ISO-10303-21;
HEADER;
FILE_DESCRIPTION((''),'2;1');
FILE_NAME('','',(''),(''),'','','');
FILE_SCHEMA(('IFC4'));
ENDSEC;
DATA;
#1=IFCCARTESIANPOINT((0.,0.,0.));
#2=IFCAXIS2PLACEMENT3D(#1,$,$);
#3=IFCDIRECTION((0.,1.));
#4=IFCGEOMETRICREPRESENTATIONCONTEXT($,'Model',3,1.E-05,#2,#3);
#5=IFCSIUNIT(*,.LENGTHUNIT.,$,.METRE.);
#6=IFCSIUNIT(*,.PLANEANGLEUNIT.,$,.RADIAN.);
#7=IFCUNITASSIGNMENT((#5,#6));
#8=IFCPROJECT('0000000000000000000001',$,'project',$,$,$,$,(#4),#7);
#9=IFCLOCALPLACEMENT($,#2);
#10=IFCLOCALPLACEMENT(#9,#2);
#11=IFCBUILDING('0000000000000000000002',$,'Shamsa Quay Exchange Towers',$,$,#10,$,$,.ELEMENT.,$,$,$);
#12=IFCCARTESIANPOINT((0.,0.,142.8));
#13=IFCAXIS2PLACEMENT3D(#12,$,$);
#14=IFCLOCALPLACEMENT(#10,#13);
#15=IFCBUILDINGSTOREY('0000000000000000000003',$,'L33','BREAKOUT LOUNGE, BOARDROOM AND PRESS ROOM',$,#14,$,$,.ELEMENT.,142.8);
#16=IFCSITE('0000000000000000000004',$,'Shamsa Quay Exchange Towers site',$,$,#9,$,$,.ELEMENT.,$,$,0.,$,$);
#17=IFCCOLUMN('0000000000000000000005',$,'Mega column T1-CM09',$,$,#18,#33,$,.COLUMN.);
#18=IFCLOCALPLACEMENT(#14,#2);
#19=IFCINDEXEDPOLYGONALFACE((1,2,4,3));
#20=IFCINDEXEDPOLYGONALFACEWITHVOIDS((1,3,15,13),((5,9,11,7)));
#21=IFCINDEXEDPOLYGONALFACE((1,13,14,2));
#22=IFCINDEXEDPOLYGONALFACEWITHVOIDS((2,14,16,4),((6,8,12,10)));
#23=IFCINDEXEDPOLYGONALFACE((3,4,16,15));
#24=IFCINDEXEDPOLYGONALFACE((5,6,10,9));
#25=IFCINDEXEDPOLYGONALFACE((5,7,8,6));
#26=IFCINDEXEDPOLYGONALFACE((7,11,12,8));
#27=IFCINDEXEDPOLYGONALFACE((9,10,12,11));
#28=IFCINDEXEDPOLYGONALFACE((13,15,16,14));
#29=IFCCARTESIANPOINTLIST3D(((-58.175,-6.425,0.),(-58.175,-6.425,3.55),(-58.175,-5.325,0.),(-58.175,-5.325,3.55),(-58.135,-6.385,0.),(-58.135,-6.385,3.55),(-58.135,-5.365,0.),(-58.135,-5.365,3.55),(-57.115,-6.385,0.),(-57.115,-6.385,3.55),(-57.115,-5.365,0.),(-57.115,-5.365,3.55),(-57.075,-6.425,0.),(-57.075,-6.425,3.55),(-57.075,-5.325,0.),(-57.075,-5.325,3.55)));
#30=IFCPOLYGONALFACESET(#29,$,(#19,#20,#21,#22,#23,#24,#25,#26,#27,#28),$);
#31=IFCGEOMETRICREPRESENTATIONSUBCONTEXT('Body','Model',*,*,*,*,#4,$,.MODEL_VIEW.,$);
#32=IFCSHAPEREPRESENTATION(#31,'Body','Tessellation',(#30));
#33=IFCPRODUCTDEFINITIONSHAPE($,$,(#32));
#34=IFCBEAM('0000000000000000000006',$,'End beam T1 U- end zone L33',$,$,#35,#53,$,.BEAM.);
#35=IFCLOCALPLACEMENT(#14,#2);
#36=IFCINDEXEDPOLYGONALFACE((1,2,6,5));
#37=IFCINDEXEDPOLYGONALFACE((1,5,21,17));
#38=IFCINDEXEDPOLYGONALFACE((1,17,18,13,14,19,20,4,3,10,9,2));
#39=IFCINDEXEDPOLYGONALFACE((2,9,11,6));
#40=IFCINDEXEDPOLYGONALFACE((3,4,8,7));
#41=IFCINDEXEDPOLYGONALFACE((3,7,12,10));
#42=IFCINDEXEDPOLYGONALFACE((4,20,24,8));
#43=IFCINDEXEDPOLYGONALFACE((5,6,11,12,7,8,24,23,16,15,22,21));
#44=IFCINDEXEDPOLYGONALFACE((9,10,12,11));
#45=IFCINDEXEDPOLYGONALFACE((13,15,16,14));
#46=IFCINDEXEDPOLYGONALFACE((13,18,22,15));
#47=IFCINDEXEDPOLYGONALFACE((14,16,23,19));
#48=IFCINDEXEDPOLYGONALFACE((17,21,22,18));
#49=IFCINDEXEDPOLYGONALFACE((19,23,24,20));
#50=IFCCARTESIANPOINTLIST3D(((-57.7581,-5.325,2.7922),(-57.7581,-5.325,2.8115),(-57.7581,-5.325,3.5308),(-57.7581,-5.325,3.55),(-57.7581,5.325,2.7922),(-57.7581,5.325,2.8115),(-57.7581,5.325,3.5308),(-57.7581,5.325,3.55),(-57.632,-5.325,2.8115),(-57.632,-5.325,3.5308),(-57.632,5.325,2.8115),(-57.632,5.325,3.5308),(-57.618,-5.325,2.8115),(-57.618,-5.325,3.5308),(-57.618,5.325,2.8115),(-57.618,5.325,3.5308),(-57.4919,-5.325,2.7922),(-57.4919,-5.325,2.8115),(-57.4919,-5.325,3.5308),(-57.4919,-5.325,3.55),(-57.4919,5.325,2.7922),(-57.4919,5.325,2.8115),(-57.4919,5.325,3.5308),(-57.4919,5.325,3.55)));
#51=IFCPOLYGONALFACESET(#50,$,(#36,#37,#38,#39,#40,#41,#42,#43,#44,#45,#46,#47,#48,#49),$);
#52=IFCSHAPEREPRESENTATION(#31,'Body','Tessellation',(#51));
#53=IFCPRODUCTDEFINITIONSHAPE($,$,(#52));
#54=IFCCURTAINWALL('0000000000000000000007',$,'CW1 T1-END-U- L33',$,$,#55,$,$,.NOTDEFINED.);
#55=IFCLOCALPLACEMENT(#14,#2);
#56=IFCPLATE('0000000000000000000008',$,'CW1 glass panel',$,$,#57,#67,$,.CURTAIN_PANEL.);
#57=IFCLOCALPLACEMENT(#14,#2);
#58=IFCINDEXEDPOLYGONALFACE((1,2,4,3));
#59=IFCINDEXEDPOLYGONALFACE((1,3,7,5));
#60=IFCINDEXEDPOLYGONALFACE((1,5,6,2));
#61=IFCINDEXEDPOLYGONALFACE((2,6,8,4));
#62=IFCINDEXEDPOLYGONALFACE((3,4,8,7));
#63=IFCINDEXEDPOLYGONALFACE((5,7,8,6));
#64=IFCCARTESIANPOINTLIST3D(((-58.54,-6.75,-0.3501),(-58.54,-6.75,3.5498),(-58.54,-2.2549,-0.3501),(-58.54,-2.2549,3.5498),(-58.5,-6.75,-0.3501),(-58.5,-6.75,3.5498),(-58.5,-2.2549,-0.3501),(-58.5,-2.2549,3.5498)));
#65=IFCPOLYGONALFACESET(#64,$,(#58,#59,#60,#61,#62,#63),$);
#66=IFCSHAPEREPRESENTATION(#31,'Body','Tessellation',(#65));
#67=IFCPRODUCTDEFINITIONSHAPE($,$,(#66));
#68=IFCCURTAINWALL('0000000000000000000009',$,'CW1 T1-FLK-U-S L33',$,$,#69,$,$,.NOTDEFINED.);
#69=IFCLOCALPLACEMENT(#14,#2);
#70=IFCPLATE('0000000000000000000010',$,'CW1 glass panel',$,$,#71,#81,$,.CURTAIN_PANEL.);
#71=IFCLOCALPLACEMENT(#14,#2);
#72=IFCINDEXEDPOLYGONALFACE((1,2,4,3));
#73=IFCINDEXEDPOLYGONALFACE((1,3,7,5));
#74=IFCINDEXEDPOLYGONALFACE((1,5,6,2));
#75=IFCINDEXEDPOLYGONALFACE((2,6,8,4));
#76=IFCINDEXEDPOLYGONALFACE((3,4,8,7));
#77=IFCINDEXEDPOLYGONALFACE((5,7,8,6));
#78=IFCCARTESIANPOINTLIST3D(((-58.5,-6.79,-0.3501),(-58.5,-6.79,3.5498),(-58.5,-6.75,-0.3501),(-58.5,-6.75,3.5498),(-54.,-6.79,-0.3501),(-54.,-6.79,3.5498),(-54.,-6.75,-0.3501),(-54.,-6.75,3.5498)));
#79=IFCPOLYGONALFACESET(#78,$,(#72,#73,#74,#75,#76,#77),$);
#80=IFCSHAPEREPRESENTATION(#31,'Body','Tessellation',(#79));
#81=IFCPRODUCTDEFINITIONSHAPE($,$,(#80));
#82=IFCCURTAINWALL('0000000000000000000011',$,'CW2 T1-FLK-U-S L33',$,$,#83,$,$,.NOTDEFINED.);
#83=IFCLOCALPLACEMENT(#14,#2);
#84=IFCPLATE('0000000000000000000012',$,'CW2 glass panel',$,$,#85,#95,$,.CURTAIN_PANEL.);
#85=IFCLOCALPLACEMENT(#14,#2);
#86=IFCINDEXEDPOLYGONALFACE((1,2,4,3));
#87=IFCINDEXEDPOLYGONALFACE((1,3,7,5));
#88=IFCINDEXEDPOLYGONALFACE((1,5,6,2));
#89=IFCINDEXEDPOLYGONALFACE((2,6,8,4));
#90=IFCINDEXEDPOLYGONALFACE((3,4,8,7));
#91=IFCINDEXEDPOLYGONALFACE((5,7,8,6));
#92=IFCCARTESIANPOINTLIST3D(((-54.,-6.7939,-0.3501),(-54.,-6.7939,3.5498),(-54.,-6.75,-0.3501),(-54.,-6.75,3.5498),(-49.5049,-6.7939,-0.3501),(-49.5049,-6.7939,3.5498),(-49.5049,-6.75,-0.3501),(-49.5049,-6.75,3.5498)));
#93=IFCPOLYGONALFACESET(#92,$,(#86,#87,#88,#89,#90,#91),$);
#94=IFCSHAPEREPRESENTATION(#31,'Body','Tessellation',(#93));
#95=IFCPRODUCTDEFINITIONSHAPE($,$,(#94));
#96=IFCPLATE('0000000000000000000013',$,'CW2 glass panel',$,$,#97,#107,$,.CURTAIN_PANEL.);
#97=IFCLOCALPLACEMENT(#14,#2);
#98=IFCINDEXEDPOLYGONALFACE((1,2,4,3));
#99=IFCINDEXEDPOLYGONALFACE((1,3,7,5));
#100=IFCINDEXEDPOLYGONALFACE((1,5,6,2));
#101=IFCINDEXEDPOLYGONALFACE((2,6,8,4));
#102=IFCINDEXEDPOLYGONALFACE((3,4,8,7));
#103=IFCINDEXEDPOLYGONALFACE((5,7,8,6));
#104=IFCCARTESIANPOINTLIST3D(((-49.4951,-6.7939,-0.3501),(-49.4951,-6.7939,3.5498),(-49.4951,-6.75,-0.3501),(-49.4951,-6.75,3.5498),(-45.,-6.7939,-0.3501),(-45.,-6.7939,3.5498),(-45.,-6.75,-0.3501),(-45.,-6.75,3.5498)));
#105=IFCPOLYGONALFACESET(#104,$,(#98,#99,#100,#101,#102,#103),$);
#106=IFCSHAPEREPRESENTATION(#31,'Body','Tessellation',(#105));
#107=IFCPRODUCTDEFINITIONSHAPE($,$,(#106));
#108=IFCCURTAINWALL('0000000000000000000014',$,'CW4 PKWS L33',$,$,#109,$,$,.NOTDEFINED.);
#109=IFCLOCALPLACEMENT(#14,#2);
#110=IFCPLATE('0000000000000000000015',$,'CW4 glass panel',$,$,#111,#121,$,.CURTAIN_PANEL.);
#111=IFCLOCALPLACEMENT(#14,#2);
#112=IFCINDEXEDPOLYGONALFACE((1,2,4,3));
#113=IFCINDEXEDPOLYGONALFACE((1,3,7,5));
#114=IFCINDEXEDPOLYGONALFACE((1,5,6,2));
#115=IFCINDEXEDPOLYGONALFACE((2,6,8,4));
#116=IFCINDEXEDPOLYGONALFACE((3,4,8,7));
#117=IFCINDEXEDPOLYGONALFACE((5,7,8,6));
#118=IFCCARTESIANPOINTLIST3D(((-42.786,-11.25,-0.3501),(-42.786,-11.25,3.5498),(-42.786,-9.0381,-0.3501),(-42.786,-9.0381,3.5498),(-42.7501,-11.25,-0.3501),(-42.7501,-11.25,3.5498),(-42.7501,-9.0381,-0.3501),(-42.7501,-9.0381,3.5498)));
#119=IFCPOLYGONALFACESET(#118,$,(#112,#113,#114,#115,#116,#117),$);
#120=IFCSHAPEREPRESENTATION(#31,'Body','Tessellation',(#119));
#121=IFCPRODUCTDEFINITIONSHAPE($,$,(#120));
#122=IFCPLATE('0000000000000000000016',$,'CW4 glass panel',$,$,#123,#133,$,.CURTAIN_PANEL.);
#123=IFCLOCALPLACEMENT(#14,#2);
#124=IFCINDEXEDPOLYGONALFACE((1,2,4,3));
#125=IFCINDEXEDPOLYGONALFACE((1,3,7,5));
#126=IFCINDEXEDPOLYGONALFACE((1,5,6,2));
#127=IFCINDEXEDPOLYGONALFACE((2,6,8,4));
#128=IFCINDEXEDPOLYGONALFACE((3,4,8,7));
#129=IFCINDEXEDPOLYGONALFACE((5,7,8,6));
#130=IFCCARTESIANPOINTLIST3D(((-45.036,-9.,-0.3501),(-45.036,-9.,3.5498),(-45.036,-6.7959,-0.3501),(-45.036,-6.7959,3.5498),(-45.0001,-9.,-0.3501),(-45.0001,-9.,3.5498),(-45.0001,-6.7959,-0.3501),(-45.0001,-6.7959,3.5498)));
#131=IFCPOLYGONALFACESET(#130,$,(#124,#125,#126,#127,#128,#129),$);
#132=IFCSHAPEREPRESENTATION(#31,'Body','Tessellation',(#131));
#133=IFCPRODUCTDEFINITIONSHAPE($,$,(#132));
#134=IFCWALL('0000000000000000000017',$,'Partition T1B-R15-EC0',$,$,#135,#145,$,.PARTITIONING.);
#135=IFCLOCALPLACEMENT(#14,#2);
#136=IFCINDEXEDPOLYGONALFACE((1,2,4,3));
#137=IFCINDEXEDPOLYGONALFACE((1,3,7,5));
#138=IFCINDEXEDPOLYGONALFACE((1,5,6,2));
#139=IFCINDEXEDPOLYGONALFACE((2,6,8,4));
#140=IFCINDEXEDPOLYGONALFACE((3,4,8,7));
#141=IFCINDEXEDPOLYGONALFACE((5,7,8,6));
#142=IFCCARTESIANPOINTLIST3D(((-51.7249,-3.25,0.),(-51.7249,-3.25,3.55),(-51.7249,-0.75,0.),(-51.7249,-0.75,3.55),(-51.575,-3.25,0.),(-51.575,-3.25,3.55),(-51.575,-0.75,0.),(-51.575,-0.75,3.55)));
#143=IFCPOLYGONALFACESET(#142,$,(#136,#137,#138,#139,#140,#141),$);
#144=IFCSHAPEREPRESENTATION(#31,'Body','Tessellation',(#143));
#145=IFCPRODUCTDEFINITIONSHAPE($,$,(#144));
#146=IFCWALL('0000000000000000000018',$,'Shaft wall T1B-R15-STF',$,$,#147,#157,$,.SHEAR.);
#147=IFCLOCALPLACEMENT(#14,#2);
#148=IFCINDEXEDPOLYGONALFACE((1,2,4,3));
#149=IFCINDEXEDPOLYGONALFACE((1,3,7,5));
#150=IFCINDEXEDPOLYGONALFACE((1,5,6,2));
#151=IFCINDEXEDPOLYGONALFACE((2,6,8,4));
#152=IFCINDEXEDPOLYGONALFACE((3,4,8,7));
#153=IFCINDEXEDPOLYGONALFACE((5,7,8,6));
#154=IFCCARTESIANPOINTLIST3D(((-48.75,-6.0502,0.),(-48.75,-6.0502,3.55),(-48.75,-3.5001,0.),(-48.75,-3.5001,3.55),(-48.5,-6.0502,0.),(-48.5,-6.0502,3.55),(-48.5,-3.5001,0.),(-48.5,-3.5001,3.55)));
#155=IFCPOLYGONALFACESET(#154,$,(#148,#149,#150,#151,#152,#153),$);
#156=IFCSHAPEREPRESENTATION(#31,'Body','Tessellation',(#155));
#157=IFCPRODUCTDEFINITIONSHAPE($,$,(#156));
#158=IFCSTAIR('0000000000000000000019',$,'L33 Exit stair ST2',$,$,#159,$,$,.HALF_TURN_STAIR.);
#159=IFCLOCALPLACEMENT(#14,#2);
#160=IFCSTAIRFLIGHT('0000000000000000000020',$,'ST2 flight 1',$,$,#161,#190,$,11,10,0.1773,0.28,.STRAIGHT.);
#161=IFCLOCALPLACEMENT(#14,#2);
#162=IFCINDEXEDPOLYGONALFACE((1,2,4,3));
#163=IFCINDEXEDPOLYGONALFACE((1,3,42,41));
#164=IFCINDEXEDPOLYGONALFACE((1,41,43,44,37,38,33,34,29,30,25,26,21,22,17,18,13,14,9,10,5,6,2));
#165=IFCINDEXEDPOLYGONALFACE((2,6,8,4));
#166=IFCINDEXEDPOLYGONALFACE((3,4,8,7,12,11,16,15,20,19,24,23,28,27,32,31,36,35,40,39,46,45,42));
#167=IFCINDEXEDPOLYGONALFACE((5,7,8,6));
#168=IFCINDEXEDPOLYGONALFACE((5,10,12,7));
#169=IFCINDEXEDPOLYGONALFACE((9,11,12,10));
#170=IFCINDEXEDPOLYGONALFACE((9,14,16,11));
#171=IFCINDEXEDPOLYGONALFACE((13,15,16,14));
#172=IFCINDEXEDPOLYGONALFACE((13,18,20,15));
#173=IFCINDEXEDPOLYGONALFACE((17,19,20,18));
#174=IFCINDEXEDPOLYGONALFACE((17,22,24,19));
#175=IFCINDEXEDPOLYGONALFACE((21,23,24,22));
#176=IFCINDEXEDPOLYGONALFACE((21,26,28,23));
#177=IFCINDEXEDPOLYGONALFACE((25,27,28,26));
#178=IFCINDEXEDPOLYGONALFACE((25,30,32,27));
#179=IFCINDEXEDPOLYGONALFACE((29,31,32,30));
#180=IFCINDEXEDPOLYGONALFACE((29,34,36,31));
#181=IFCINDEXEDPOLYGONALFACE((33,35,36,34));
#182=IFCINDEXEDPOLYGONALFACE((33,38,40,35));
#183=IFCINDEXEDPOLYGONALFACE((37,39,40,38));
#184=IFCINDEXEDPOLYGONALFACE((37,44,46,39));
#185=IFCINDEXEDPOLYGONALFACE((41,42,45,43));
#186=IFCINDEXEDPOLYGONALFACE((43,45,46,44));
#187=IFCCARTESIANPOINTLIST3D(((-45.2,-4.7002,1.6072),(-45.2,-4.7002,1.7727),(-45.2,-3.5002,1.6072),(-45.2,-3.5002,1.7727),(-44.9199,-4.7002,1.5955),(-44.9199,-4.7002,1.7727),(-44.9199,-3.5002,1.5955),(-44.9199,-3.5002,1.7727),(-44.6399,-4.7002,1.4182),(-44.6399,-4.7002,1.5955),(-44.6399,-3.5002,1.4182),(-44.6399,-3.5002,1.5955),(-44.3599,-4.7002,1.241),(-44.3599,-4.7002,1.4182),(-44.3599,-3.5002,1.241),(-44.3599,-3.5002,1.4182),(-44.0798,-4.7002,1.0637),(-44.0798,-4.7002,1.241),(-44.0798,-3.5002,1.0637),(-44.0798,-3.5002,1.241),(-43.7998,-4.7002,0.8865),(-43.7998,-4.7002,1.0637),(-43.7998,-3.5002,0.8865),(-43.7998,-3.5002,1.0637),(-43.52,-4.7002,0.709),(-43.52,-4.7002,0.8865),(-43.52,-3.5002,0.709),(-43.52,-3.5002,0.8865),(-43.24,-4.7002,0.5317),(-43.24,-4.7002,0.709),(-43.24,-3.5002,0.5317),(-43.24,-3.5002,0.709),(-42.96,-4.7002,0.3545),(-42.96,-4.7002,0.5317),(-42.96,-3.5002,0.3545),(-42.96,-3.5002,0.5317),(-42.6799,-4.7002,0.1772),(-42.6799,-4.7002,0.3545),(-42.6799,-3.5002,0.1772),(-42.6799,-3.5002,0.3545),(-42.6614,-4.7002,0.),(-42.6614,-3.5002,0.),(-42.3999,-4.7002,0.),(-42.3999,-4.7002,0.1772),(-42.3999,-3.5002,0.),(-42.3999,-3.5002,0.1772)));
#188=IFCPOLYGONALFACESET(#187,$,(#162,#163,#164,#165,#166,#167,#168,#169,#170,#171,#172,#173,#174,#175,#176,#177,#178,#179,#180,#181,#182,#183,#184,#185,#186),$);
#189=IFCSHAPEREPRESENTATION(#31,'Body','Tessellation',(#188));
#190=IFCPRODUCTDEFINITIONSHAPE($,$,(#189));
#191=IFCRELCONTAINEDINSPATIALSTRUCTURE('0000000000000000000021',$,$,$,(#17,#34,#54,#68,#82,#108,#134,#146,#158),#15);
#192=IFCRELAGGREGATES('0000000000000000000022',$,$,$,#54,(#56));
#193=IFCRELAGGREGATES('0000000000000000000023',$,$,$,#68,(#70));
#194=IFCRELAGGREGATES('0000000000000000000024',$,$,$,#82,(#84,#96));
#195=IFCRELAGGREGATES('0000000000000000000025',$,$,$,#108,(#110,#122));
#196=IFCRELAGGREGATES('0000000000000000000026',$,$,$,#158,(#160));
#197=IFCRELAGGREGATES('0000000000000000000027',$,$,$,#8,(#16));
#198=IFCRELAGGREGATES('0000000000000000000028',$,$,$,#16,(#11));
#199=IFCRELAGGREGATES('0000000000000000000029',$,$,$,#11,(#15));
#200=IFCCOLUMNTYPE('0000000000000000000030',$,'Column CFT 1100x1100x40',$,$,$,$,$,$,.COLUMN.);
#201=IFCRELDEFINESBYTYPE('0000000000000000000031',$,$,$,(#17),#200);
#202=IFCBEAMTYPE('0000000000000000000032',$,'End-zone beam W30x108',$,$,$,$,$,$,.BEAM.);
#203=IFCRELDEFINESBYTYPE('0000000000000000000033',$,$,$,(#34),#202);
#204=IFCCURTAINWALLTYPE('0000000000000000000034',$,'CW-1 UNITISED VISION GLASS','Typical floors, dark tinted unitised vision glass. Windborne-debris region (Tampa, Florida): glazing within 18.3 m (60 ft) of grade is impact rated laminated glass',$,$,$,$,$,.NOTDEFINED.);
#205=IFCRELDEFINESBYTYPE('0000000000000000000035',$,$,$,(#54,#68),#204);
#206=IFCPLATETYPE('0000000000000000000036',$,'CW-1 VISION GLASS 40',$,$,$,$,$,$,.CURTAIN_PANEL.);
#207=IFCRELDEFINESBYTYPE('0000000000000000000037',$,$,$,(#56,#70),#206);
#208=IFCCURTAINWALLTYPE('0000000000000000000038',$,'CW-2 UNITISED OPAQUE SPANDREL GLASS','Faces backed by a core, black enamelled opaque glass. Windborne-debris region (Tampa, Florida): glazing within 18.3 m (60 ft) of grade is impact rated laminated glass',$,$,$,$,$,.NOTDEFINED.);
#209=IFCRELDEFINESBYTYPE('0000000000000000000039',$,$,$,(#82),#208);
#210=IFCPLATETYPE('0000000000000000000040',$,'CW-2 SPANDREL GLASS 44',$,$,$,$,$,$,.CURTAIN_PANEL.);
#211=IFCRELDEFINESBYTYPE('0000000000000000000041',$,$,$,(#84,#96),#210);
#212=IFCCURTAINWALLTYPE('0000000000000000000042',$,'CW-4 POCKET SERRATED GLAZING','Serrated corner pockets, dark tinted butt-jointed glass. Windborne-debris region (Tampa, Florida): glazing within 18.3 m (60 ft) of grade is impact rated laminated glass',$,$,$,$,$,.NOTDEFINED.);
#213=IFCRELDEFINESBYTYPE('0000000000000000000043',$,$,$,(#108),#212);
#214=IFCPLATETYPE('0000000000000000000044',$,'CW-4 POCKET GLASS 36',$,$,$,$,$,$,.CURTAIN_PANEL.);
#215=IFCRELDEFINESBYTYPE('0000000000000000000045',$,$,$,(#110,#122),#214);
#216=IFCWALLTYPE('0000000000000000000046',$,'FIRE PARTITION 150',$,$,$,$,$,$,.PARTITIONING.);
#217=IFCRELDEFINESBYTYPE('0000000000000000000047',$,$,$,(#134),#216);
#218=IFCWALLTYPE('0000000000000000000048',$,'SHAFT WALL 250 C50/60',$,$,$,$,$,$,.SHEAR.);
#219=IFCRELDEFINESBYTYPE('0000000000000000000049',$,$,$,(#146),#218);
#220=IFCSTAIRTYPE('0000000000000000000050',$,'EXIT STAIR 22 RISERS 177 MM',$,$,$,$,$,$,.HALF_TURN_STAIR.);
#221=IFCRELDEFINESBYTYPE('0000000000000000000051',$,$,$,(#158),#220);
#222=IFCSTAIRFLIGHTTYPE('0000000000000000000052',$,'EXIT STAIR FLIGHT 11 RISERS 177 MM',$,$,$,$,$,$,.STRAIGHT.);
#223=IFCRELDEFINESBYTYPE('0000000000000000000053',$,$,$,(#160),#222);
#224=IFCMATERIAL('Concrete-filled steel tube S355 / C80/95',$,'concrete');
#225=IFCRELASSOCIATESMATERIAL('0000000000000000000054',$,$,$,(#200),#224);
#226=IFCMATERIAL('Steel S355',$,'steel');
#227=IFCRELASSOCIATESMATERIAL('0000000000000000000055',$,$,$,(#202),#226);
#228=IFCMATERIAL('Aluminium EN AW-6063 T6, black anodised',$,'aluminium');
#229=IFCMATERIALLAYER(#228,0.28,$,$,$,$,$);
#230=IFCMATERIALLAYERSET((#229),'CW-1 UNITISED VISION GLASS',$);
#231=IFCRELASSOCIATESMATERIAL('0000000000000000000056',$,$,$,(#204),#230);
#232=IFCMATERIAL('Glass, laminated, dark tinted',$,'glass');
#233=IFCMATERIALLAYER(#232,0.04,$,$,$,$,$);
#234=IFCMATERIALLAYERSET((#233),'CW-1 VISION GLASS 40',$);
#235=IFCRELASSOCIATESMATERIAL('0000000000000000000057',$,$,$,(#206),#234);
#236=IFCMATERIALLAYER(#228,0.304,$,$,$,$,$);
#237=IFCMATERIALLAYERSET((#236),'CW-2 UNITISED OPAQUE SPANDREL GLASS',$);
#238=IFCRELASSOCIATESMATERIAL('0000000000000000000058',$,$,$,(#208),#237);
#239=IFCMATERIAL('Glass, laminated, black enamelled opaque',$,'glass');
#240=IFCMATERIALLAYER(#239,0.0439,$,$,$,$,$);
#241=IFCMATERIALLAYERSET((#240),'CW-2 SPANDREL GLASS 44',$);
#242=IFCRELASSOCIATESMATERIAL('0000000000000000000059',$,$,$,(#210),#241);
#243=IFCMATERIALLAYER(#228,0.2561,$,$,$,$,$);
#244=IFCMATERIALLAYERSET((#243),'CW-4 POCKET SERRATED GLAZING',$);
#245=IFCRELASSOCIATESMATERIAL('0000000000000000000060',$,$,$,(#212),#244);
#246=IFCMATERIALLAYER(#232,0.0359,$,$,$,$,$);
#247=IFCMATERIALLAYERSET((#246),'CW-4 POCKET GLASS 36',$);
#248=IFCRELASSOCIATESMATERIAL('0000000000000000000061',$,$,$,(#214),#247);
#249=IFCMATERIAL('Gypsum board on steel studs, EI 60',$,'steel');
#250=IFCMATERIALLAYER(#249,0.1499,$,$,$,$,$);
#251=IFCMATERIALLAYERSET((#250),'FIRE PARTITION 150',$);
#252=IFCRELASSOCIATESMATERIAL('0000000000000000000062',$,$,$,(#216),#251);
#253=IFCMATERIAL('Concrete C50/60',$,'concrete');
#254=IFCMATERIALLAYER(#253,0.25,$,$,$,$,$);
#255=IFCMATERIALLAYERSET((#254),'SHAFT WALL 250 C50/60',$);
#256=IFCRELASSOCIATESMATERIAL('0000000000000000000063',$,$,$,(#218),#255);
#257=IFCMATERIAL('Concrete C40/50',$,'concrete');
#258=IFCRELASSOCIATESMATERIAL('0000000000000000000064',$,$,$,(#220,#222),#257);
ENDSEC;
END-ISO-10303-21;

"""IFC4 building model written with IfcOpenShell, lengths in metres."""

from ifc_helpers import new_model, si_unit, direction, frame, frame_2d, origin, origin_2d, place, context, subcontext, project, spatial, polyline, rectangle, hollow_rectangle, i_section, outline, extrude, material, layer, layer_set, material_profile, profile_set, type_object, element, aggregate, save


model = new_model("IFC4")

# Units and contexts
model_context = context("Model", 3, precision=1e-05, world=origin(), true_north=direction((0.0, 1.0)))
body_context = subcontext(model_context, "Body", "Model", "MODEL_VIEW")
ifc_project = project(units=[si_unit("LENGTHUNIT", "METRE"), si_unit("PLANEANGLEUNIT", "RADIAN")], contexts=[model_context])

# Site, building, storey
site_placement = place(None, origin())
site = spatial("IfcSite", under=ifc_project, at=site_placement, Name="Shamsa Quay Exchange Towers site", CompositionType="ELEMENT", RefElevation=0.0)
building_placement = place(site_placement, origin())
building = spatial("IfcBuilding", under=site, at=building_placement, Name="Shamsa Quay Exchange Towers", CompositionType="ELEMENT")
storey_placement = place(building_placement, frame((0.0, 0.0, 142.8)))
storey = spatial("IfcBuildingStorey", under=building, at=storey_placement, Name="L33", Description="BREAKOUT LOUNGE, BOARDROOM AND PRESS ROOM", CompositionType="ELEMENT", Elevation=142.8)

# Column
ifc_material_1 = material(Name="Concrete-filled steel tube S355 / C80/95", Category="concrete")
ifc_material_profile_1 = material_profile(ifc_material_1, hollow_rectangle(XDim=1.1001, YDim=1.1001, WallThickness=0.04, at=origin_2d()), Name="CFT 1100x1100x40")
ifc_profile_set_1 = profile_set([ifc_material_profile_1], Name="Concrete-filled steel tube S355 / C80/95")
column_type = type_object("IfcColumnType", Name="Column CFT 1100x1100x40", PredefinedType="COLUMN", material=ifc_profile_set_1)
column_placement = place(storey_placement, frame((-57.625, -5.875, 0.0)))
element("IfcColumn", 1, at=column_placement, inside=storey, type_object=column_type, Name="Mega column T1-CM09", PredefinedType="COLUMN", context=body_context, shape_type="SweptSolid", body=[
    extrude(hollow_rectangle(XDim=1.1001, YDim=1.1001, WallThickness=0.04, at=origin_2d()), origin(), (0.0, 0.0, 1.0), 3.55),
])

# Beam
ifc_material_2 = material(Name="Steel S355", Category="steel")
ifc_material_profile_2 = material_profile(ifc_material_2, i_section(OverallWidth=0.2661, OverallDepth=0.7578, WebThickness=0.0139, FlangeThickness=0.0193, at=origin_2d()), Name="W30x108")
ifc_profile_set_2 = profile_set([ifc_material_profile_2], Name="Steel S355")
beam_type = type_object("IfcBeamType", Name="End-zone beam W30x108", PredefinedType="BEAM", material=ifc_profile_set_2)
beam_placement = place(storey_placement, frame((-57.625, -5.325, 3.1711), z_axis=(0.0, 1.0, 0.0), x_axis=(-1.0, 0.0, 0.0)))
element("IfcBeam", 2, at=beam_placement, inside=storey, type_object=beam_type, Name="End beam T1 U- end zone L33", PredefinedType="BEAM", context=body_context, shape_type="SweptSolid", body=[
    extrude(i_section(OverallWidth=0.2661, OverallDepth=0.7578, WebThickness=0.0139, FlangeThickness=0.0193, at=origin_2d()), origin(), (0.0, 0.0, 1.0), 10.6499),
])

# Curtain walls, plates
ifc_material_3 = material(Name="Aluminium EN AW-6063 T6, black anodised", Category="aluminium")
ifc_layer_1 = layer(ifc_material_3, 0.28)
ifc_layer_set_1 = layer_set([ifc_layer_1], Name="CW-1 UNITISED VISION GLASS")
curtain_wall_type_1 = type_object("IfcCurtainWallType", Name="CW-1 UNITISED VISION GLASS", Description="Typical floors, dark tinted unitised vision glass. Windborne-debris region (Tampa, Florida): glazing within 18.3 m (60 ft) of grade is impact rated laminated glass", PredefinedType="NOTDEFINED", material=ifc_layer_set_1)
curtain_wall_1_placement = place(storey_placement, origin())
curtain_wall_1 = element("IfcCurtainWall", 3, at=curtain_wall_1_placement, inside=storey, type_object=curtain_wall_type_1, Name="CW1 T1-END-U- L33", PredefinedType="NOTDEFINED")
ifc_material_4 = material(Name="Glass, laminated, dark tinted", Category="glass")
ifc_layer_2 = layer(ifc_material_4, 0.04)
ifc_layer_set_2 = layer_set([ifc_layer_2], Name="CW-1 VISION GLASS 40")
plate_type_1 = type_object("IfcPlateType", Name="CW-1 VISION GLASS 40", PredefinedType="CURTAIN_PANEL", material=ifc_layer_set_2)
plate_1_placement = place(storey_placement, frame((-58.52, -4.5024, -0.3501), z_axis=(0.0, 0.0, 1.0), x_axis=(0.0, -1.0, 0.0)))
plate_1 = element("IfcPlate", 4, at=plate_1_placement, type_object=plate_type_1, Name="CW1 glass panel", PredefinedType="CURTAIN_PANEL", context=body_context, shape_type="SweptSolid", body=[
    extrude(rectangle(XDim=4.4951, YDim=0.04, at=origin_2d()), origin(), (0.0, 0.0, 1.0), 3.8999),
])
aggregate(curtain_wall_1, [plate_1])
curtain_wall_2_placement = place(storey_placement, origin())
curtain_wall_2 = element("IfcCurtainWall", 5, at=curtain_wall_2_placement, inside=storey, type_object=curtain_wall_type_1, Name="CW1 T1-FLK-U-S L33", PredefinedType="NOTDEFINED")
plate_2_placement = place(storey_placement, frame((-56.25, -6.77, -0.3501)))
plate_2 = element("IfcPlate", 6, at=plate_2_placement, type_object=plate_type_1, Name="CW1 glass panel", PredefinedType="CURTAIN_PANEL", context=body_context, shape_type="SweptSolid", body=[
    extrude(rectangle(XDim=4.5, YDim=0.04, at=origin_2d()), origin(), (0.0, 0.0, 1.0), 3.8999),
])
aggregate(curtain_wall_2, [plate_2])

# Curtain walls, plates
ifc_layer_3 = layer(ifc_material_3, 0.304)
ifc_layer_set_3 = layer_set([ifc_layer_3], Name="CW-2 UNITISED OPAQUE SPANDREL GLASS")
curtain_wall_type_2 = type_object("IfcCurtainWallType", Name="CW-2 UNITISED OPAQUE SPANDREL GLASS", Description="Faces backed by a core, black enamelled opaque glass. Windborne-debris region (Tampa, Florida): glazing within 18.3 m (60 ft) of grade is impact rated laminated glass", PredefinedType="NOTDEFINED", material=ifc_layer_set_3)
curtain_wall_3_placement = place(storey_placement, origin())
curtain_wall_3 = element("IfcCurtainWall", 7, at=curtain_wall_3_placement, inside=storey, type_object=curtain_wall_type_2, Name="CW2 T1-FLK-U-S L33", PredefinedType="NOTDEFINED")
ifc_material_5 = material(Name="Glass, laminated, black enamelled opaque", Category="glass")
ifc_layer_4 = layer(ifc_material_5, 0.0439)
ifc_layer_set_4 = layer_set([ifc_layer_4], Name="CW-2 SPANDREL GLASS 44")
plate_type_2 = type_object("IfcPlateType", Name="CW-2 SPANDREL GLASS 44", PredefinedType="CURTAIN_PANEL", material=ifc_layer_set_4)
plate_3_placement = place(storey_placement, frame((-51.7524, -6.772, -0.3501)))
plate_3 = element("IfcPlate", 8, at=plate_3_placement, type_object=plate_type_2, Name="CW2 glass panel", PredefinedType="CURTAIN_PANEL", context=body_context, shape_type="SweptSolid", body=[
    extrude(rectangle(XDim=4.4951, YDim=0.0439, at=origin_2d()), origin(), (0.0, 0.0, 1.0), 3.8999),
])
plate_4_placement = place(storey_placement, frame((-47.2476, -6.772, -0.3501)))
plate_4 = element("IfcPlate", 9, at=plate_4_placement, type_object=plate_type_2, Name="CW2 glass panel", PredefinedType="CURTAIN_PANEL", context=body_context, shape_type="SweptSolid", body=[
    extrude(rectangle(XDim=4.4951, YDim=0.0439, at=origin_2d()), origin(), (0.0, 0.0, 1.0), 3.8999),
])
aggregate(curtain_wall_3, [plate_3, plate_4])
ifc_layer_5 = layer(ifc_material_3, 0.2561)
ifc_layer_set_5 = layer_set([ifc_layer_5], Name="CW-4 POCKET SERRATED GLAZING")
curtain_wall_type_3 = type_object("IfcCurtainWallType", Name="CW-4 POCKET SERRATED GLAZING", Description="Serrated corner pockets, dark tinted butt-jointed glass. Windborne-debris region (Tampa, Florida): glazing within 18.3 m (60 ft) of grade is impact rated laminated glass", PredefinedType="NOTDEFINED", material=ifc_layer_set_5)
curtain_wall_4_placement = place(storey_placement, origin())
curtain_wall_4 = element("IfcCurtainWall", 10, at=curtain_wall_4_placement, inside=storey, type_object=curtain_wall_type_3, Name="CW4 PKWS L33", PredefinedType="NOTDEFINED")
ifc_layer_6 = layer(ifc_material_4, 0.0359)
ifc_layer_set_6 = layer_set([ifc_layer_6], Name="CW-4 POCKET GLASS 36")
plate_type_3 = type_object("IfcPlateType", Name="CW-4 POCKET GLASS 36", PredefinedType="CURTAIN_PANEL", material=ifc_layer_set_6)
plate_5_placement = place(storey_placement, frame((-42.7681, -10.144, -0.3501), z_axis=(0.0, 0.0, 1.0), x_axis=(0.0, -1.0, 0.0)))
plate_5 = element("IfcPlate", 11, at=plate_5_placement, type_object=plate_type_3, Name="CW4 glass panel", PredefinedType="CURTAIN_PANEL", context=body_context, shape_type="SweptSolid", body=[
    extrude(rectangle(XDim=2.2119, YDim=0.0359, at=origin_2d()), origin(), (0.0, 0.0, 1.0), 3.8999),
])
plate_6_placement = place(storey_placement, frame((-45.0181, -7.8979, -0.3501), z_axis=(0.0, 0.0, 1.0), x_axis=(0.0, -1.0, 0.0)))
plate_6 = element("IfcPlate", 12, at=plate_6_placement, type_object=plate_type_3, Name="CW4 glass panel", PredefinedType="CURTAIN_PANEL", context=body_context, shape_type="SweptSolid", body=[
    extrude(rectangle(XDim=2.2041, YDim=0.0359, at=origin_2d()), origin(), (0.0, 0.0, 1.0), 3.8999),
])
aggregate(curtain_wall_4, [plate_5, plate_6])

# Walls
ifc_material_6 = material(Name="Gypsum board on steel studs, EI 60", Category="steel")
ifc_layer_7 = layer(ifc_material_6, 0.1499)
ifc_layer_set_7 = layer_set([ifc_layer_7], Name="FIRE PARTITION 150")
wall_type_1 = type_object("IfcWallType", Name="FIRE PARTITION 150", PredefinedType="PARTITIONING", material=ifc_layer_set_7)
wall_1_placement = place(storey_placement, frame((-51.6499, -3.25, 0.0), z_axis=(0.0, 0.0, 1.0), x_axis=(0.0, 1.0, 0.0)))
element("IfcWall", 13, at=wall_1_placement, inside=storey, type_object=wall_type_1, Name="Partition T1B-R15-EC0", PredefinedType="PARTITIONING", context=body_context, shape_type="SweptSolid", body=[
    extrude(rectangle(XDim=2.5, YDim=0.1499, at=frame_2d((1.25, 0.0))), origin(), (0.0, 0.0, 1.0), 3.55),
])
ifc_material_7 = material(Name="Concrete C50/60", Category="concrete")
ifc_layer_8 = layer(ifc_material_7, 0.25)
ifc_layer_set_8 = layer_set([ifc_layer_8], Name="SHAFT WALL 250 C50/60")
wall_type_2 = type_object("IfcWallType", Name="SHAFT WALL 250 C50/60", PredefinedType="SHEAR", material=ifc_layer_set_8)
wall_2_placement = place(storey_placement, frame((-48.625, -6.05, 0.0), z_axis=(0.0, 0.0, 1.0), x_axis=(0.0, 1.0, 0.0)))
element("IfcWall", 14, at=wall_2_placement, inside=storey, type_object=wall_type_2, Name="Shaft wall T1B-R15-STF", PredefinedType="SHEAR", context=body_context, shape_type="SweptSolid", body=[
    extrude(rectangle(XDim=2.55, YDim=0.25, at=frame_2d((1.2749, 0.0))), origin(), (0.0, 0.0, 1.0), 3.55),
])

# Stair, stair flight
ifc_material_8 = material(Name="Concrete C40/50", Category="concrete")
stair_type = type_object("IfcStairType", Name="EXIT STAIR 22 RISERS 177 MM", PredefinedType="HALF_TURN_STAIR", material=ifc_material_8)
stair_placement = place(storey_placement, origin())
stair = element("IfcStair", 15, at=stair_placement, inside=storey, type_object=stair_type, Name="L33 Exit stair ST2", PredefinedType="HALF_TURN_STAIR")
stair_flight_type = type_object("IfcStairFlightType", Name="EXIT STAIR FLIGHT 11 RISERS 177 MM", PredefinedType="STRAIGHT", material=ifc_material_8)
stair_flight_1_placement = place(storey_placement, frame((-42.3999, -4.1001, 0.0), z_axis=(0.0, 0.0, 1.0), x_axis=(-1.0, 0.0, 0.0)))
stair_flight_1 = element("IfcStairFlight", 16, at=stair_flight_1_placement, type_object=stair_flight_type, Name="ST2 flight 1", NumberOfRisers=11, NumberOfTreads=10, PredefinedType="STRAIGHT", RiserHeight=0.1773, TreadLength=0.28, context=body_context, shape_type="SweptSolid", body=[
    extrude(outline(polyline([(0.0, 0.0), (0.0, 0.1772), (0.28, 0.1772), (0.28, 0.3545), (0.5601, 0.3545), (0.5601, 0.5317), (0.8401, 0.5317), (0.8401, 0.709), (1.1201, 0.709), (1.1201, 0.8865), (1.3999, 0.8865), (1.3999, 1.0637), (1.6799, 1.0637), (1.6799, 1.241), (1.96, 1.241), (1.96, 1.4182), (2.24, 1.4182), (2.24, 1.5955), (2.52, 1.5955), (2.52, 1.7727), (2.8, 1.7727), (2.8, 1.95), (2.8, 1.6072), (0.2615, 0.0), (0.0, 0.0)])), frame((0.0, 0.6001, 0.0), z_axis=(0.0, -1.0, 0.0), x_axis=(1.0, 0.0, 0.0)), (0.0, 0.0, 1.0), 1.2),
])
aggregate(stair, [stair_flight_1])

save(model, "model.ifc")
